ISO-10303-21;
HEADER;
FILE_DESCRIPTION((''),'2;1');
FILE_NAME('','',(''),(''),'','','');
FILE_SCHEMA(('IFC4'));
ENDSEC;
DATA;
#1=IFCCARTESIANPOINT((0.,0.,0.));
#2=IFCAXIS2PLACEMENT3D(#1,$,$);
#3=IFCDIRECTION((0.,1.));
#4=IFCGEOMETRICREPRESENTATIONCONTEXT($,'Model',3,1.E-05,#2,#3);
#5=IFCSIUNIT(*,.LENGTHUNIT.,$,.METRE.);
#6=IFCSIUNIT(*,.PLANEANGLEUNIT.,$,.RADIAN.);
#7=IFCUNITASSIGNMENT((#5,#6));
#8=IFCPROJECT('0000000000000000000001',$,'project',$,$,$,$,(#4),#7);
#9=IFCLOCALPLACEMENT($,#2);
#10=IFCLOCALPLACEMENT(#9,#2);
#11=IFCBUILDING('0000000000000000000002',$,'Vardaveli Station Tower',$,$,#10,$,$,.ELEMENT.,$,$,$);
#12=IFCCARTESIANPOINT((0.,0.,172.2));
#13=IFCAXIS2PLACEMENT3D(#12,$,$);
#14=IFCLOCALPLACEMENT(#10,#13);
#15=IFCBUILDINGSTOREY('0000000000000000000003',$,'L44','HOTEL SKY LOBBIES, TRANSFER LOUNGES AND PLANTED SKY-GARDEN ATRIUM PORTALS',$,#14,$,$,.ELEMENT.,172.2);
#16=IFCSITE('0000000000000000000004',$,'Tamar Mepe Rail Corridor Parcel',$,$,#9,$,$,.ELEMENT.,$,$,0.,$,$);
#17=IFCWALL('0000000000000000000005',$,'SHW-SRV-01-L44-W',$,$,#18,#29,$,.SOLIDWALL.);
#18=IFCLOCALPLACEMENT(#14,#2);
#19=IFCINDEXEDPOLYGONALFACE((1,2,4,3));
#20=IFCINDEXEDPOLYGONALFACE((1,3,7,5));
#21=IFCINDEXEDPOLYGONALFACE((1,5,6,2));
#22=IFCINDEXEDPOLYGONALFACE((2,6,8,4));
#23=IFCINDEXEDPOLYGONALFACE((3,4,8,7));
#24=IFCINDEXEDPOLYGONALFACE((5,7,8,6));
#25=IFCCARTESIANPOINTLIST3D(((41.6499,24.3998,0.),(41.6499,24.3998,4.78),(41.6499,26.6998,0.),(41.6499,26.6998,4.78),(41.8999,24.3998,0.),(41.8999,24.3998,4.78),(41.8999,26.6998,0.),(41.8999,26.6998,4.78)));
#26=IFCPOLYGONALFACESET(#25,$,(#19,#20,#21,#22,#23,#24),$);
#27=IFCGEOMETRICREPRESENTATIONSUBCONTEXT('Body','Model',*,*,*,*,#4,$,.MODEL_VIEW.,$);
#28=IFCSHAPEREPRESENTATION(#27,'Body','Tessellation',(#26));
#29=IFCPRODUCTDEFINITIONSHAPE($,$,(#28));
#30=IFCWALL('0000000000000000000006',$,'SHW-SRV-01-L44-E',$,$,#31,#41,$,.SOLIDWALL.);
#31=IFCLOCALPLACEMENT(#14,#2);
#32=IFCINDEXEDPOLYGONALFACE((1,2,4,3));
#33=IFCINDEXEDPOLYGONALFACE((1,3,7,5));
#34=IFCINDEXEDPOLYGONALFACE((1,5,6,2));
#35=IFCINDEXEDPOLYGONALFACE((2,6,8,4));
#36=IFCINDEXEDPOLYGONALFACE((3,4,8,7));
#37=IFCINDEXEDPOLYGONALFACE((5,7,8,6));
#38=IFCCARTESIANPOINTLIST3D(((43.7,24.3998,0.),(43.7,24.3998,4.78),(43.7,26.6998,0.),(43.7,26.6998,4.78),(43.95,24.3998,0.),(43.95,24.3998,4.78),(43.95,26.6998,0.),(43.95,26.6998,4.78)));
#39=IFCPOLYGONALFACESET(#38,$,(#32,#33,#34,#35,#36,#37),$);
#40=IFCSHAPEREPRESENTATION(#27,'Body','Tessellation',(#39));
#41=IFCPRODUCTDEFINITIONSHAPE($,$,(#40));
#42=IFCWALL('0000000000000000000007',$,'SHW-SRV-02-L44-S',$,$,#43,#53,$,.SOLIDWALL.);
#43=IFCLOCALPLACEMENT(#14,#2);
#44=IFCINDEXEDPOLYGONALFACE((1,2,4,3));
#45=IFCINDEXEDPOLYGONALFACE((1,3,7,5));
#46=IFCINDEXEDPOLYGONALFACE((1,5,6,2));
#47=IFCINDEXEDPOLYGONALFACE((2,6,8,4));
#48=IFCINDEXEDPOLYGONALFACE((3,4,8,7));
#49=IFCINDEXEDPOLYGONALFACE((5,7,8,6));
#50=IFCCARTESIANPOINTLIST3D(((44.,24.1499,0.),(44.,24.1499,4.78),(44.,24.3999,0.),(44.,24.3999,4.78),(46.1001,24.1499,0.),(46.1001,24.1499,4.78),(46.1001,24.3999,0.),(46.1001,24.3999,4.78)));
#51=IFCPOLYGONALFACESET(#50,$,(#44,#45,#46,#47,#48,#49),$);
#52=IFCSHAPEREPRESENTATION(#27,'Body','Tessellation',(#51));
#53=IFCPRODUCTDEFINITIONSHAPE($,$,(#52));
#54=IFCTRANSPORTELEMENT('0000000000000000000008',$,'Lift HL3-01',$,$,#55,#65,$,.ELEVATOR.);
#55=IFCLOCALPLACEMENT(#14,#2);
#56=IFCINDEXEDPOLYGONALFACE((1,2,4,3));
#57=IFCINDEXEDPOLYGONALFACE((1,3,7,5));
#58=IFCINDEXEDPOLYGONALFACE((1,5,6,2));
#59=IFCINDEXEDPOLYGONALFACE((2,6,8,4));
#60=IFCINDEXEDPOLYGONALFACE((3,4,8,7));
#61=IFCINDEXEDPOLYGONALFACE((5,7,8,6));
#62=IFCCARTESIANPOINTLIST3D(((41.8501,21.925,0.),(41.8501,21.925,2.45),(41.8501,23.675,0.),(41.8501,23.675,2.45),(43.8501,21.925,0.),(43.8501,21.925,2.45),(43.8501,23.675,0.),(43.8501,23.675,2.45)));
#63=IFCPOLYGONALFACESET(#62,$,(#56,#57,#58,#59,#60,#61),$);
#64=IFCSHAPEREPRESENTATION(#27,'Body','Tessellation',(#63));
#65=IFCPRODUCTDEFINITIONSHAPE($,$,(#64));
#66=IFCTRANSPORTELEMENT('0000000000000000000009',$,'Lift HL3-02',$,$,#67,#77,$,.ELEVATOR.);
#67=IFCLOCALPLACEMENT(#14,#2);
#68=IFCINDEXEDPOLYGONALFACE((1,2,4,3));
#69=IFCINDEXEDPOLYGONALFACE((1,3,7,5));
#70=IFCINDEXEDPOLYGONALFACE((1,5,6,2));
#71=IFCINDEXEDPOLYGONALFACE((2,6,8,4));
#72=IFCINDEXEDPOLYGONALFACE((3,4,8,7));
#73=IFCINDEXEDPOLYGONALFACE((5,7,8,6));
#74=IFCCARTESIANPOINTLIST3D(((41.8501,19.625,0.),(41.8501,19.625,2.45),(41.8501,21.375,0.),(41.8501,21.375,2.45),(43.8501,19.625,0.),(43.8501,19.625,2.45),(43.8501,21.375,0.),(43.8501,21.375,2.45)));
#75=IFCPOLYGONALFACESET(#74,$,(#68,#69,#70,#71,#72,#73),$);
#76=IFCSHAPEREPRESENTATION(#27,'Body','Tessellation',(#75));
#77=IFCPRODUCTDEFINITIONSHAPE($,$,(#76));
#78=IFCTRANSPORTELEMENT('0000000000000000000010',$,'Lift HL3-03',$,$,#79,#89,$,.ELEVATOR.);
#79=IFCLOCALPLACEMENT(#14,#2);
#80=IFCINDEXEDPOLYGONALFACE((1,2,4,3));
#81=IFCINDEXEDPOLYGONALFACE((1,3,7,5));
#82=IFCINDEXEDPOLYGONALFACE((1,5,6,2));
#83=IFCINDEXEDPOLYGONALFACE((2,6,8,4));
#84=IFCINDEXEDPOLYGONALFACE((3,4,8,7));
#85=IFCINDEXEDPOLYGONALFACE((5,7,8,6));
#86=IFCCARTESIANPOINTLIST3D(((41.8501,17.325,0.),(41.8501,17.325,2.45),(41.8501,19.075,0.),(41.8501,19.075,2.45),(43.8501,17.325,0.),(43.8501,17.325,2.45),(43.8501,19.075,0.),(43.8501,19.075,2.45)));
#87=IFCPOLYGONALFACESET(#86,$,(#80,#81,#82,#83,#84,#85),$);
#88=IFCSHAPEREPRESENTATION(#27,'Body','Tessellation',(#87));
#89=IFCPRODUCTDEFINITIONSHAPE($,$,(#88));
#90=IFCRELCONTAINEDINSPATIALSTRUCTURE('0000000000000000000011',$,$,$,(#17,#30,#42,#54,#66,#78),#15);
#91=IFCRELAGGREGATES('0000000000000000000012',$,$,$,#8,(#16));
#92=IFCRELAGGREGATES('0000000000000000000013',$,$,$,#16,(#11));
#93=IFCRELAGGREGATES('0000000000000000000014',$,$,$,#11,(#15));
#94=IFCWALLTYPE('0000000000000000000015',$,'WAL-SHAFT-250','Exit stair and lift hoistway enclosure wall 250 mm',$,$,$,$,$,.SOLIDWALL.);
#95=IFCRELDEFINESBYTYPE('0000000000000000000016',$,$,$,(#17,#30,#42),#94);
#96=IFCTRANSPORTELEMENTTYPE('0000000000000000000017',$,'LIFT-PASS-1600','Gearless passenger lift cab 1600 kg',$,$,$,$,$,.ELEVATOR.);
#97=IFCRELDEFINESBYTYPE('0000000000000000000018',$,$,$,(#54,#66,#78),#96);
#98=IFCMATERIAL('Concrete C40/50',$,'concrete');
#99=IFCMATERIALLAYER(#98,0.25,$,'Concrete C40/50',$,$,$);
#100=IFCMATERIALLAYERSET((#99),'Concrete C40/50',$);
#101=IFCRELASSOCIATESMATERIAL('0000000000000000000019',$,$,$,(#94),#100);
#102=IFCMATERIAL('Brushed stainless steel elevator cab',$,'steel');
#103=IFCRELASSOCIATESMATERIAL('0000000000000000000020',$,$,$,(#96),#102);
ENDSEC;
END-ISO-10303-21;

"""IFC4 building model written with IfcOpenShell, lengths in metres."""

from ifc_helpers import new_model, si_unit, direction, frame, frame_2d, origin, origin_2d, place, context, subcontext, project, spatial, rectangle, extrude, source, transform, mapped, material, layer, layer_set, type_object, element, save


model = new_model("IFC4")

# Units and contexts
model_context = context("Model", 3, precision=1e-05, world=origin(), true_north=direction((0.0, 1.0)))
body_context = subcontext(model_context, "Body", "Model", "MODEL_VIEW")
ifc_project = project(units=[si_unit("LENGTHUNIT", "METRE"), si_unit("PLANEANGLEUNIT", "RADIAN")], contexts=[model_context])

# Site, building, storey
site_placement = place(None, origin())
site = spatial("IfcSite", under=ifc_project, at=site_placement, Name="Tamar Mepe Rail Corridor Parcel", CompositionType="ELEMENT", RefElevation=0.0)
building_placement = place(site_placement, origin())
building = spatial("IfcBuilding", under=site, at=building_placement, Name="Vardaveli Station Tower", CompositionType="ELEMENT")
storey_placement = place(building_placement, frame((0.0, 0.0, 172.2)))
storey = spatial("IfcBuildingStorey", under=building, at=storey_placement, Name="L44", Description="HOTEL SKY LOBBIES, TRANSFER LOUNGES AND PLANTED SKY-GARDEN ATRIUM PORTALS", CompositionType="ELEMENT", Elevation=172.2)

# Shared definitions
ifc_material_1 = material(Name="Concrete C40/50", Category="concrete")

# Walls
ifc_layer_1 = layer(ifc_material_1, 0.25, Name="Concrete C40/50")
ifc_layer_set_1 = layer_set([ifc_layer_1], Name="Concrete C40/50")
wall_type_1 = type_object("IfcWallType", Name="WAL-SHAFT-250", Description="Exit stair and lift hoistway enclosure wall 250 mm", PredefinedType="SOLIDWALL", material=ifc_layer_set_1)
shared_shape_1 = source(origin(), body_context, "Body", "SweptSolid", [
    extrude(rectangle(XDim=2.3, YDim=0.25, at=frame_2d((1.1499, 0.0))), origin(), (0.0, 0.0, 1.0), 4.78),
])
for number, where, z_axis, x_axis, name in (
    (1, (41.7749, 24.3999, 0.0), (0.0, 0.0, 1.0), (0.0, 1.0, 0.0), "SHW-SRV-01-L44-W"),
    (2, (43.825, 24.3999, 0.0), (0.0, 0.0, 1.0), (0.0, 1.0, 0.0), "SHW-SRV-01-L44-E"),
):
    element("IfcWall", number, at=place(storey_placement, frame(where, z_axis=z_axis, x_axis=x_axis)), inside=storey, type_object=wall_type_1, Name=name, PredefinedType="SOLIDWALL", context=body_context, shape_type="MappedRepresentation", body=[
        mapped(shared_shape_1, transform((0.0, 0.0, 0.0), scale=1.0)),
    ])
shared_shape_2 = source(origin(), body_context, "Body", "SweptSolid", [
    extrude(rectangle(XDim=2.1001, YDim=0.25, at=frame_2d((1.05, 0.0))), origin(), (0.0, 0.0, 1.0), 4.78),
])
wall_1_placement = place(storey_placement, frame((44.0, 24.2749, 0.0), z_axis=(0.0, 0.0, 1.0), x_axis=(1.0, 0.0, 0.0)))
element("IfcWall", 3, at=wall_1_placement, inside=storey, type_object=wall_type_1, Name="SHW-SRV-02-L44-S", PredefinedType="SOLIDWALL", context=body_context, shape_type="MappedRepresentation", body=[
    mapped(shared_shape_2, transform((0.0, 0.0, 0.0), scale=1.0)),
])

# Transport elements
ifc_material_2 = material(Name="Brushed stainless steel elevator cab", Category="steel")
transport_element_type = type_object("IfcTransportElementType", Name="LIFT-PASS-1600", Description="Gearless passenger lift cab 1600 kg", PredefinedType="ELEVATOR", material=ifc_material_2)
shared_shape_3 = source(origin(), body_context, "Body", "SweptSolid", [
    extrude(rectangle(XDim=2.0, YDim=1.75, at=origin_2d()), origin(), (0.0, 0.0, 1.0), 2.45),
])
for number, where, z_axis, x_axis, name in (
    (4, (42.8501, 22.8, 0.0), (0.0, 0.0, 1.0), (1.0, 0.0, 0.0), "Lift HL3-01"),
    (5, (42.8501, 20.5, 0.0), (0.0, 0.0, 1.0), (1.0, 0.0, 0.0), "Lift HL3-02"),
    (6, (42.8501, 18.2, 0.0), (0.0, 0.0, 1.0), (1.0, 0.0, 0.0), "Lift HL3-03"),
):
    element("IfcTransportElement", number, at=place(storey_placement, frame(where, z_axis=z_axis, x_axis=x_axis)), inside=storey, type_object=transport_element_type, Name=name, PredefinedType="ELEVATOR", context=body_context, shape_type="MappedRepresentation", body=[
        mapped(shared_shape_3, transform((0.0, 0.0, 0.0), scale=1.0)),
    ])

save(model, "model.ifc")
